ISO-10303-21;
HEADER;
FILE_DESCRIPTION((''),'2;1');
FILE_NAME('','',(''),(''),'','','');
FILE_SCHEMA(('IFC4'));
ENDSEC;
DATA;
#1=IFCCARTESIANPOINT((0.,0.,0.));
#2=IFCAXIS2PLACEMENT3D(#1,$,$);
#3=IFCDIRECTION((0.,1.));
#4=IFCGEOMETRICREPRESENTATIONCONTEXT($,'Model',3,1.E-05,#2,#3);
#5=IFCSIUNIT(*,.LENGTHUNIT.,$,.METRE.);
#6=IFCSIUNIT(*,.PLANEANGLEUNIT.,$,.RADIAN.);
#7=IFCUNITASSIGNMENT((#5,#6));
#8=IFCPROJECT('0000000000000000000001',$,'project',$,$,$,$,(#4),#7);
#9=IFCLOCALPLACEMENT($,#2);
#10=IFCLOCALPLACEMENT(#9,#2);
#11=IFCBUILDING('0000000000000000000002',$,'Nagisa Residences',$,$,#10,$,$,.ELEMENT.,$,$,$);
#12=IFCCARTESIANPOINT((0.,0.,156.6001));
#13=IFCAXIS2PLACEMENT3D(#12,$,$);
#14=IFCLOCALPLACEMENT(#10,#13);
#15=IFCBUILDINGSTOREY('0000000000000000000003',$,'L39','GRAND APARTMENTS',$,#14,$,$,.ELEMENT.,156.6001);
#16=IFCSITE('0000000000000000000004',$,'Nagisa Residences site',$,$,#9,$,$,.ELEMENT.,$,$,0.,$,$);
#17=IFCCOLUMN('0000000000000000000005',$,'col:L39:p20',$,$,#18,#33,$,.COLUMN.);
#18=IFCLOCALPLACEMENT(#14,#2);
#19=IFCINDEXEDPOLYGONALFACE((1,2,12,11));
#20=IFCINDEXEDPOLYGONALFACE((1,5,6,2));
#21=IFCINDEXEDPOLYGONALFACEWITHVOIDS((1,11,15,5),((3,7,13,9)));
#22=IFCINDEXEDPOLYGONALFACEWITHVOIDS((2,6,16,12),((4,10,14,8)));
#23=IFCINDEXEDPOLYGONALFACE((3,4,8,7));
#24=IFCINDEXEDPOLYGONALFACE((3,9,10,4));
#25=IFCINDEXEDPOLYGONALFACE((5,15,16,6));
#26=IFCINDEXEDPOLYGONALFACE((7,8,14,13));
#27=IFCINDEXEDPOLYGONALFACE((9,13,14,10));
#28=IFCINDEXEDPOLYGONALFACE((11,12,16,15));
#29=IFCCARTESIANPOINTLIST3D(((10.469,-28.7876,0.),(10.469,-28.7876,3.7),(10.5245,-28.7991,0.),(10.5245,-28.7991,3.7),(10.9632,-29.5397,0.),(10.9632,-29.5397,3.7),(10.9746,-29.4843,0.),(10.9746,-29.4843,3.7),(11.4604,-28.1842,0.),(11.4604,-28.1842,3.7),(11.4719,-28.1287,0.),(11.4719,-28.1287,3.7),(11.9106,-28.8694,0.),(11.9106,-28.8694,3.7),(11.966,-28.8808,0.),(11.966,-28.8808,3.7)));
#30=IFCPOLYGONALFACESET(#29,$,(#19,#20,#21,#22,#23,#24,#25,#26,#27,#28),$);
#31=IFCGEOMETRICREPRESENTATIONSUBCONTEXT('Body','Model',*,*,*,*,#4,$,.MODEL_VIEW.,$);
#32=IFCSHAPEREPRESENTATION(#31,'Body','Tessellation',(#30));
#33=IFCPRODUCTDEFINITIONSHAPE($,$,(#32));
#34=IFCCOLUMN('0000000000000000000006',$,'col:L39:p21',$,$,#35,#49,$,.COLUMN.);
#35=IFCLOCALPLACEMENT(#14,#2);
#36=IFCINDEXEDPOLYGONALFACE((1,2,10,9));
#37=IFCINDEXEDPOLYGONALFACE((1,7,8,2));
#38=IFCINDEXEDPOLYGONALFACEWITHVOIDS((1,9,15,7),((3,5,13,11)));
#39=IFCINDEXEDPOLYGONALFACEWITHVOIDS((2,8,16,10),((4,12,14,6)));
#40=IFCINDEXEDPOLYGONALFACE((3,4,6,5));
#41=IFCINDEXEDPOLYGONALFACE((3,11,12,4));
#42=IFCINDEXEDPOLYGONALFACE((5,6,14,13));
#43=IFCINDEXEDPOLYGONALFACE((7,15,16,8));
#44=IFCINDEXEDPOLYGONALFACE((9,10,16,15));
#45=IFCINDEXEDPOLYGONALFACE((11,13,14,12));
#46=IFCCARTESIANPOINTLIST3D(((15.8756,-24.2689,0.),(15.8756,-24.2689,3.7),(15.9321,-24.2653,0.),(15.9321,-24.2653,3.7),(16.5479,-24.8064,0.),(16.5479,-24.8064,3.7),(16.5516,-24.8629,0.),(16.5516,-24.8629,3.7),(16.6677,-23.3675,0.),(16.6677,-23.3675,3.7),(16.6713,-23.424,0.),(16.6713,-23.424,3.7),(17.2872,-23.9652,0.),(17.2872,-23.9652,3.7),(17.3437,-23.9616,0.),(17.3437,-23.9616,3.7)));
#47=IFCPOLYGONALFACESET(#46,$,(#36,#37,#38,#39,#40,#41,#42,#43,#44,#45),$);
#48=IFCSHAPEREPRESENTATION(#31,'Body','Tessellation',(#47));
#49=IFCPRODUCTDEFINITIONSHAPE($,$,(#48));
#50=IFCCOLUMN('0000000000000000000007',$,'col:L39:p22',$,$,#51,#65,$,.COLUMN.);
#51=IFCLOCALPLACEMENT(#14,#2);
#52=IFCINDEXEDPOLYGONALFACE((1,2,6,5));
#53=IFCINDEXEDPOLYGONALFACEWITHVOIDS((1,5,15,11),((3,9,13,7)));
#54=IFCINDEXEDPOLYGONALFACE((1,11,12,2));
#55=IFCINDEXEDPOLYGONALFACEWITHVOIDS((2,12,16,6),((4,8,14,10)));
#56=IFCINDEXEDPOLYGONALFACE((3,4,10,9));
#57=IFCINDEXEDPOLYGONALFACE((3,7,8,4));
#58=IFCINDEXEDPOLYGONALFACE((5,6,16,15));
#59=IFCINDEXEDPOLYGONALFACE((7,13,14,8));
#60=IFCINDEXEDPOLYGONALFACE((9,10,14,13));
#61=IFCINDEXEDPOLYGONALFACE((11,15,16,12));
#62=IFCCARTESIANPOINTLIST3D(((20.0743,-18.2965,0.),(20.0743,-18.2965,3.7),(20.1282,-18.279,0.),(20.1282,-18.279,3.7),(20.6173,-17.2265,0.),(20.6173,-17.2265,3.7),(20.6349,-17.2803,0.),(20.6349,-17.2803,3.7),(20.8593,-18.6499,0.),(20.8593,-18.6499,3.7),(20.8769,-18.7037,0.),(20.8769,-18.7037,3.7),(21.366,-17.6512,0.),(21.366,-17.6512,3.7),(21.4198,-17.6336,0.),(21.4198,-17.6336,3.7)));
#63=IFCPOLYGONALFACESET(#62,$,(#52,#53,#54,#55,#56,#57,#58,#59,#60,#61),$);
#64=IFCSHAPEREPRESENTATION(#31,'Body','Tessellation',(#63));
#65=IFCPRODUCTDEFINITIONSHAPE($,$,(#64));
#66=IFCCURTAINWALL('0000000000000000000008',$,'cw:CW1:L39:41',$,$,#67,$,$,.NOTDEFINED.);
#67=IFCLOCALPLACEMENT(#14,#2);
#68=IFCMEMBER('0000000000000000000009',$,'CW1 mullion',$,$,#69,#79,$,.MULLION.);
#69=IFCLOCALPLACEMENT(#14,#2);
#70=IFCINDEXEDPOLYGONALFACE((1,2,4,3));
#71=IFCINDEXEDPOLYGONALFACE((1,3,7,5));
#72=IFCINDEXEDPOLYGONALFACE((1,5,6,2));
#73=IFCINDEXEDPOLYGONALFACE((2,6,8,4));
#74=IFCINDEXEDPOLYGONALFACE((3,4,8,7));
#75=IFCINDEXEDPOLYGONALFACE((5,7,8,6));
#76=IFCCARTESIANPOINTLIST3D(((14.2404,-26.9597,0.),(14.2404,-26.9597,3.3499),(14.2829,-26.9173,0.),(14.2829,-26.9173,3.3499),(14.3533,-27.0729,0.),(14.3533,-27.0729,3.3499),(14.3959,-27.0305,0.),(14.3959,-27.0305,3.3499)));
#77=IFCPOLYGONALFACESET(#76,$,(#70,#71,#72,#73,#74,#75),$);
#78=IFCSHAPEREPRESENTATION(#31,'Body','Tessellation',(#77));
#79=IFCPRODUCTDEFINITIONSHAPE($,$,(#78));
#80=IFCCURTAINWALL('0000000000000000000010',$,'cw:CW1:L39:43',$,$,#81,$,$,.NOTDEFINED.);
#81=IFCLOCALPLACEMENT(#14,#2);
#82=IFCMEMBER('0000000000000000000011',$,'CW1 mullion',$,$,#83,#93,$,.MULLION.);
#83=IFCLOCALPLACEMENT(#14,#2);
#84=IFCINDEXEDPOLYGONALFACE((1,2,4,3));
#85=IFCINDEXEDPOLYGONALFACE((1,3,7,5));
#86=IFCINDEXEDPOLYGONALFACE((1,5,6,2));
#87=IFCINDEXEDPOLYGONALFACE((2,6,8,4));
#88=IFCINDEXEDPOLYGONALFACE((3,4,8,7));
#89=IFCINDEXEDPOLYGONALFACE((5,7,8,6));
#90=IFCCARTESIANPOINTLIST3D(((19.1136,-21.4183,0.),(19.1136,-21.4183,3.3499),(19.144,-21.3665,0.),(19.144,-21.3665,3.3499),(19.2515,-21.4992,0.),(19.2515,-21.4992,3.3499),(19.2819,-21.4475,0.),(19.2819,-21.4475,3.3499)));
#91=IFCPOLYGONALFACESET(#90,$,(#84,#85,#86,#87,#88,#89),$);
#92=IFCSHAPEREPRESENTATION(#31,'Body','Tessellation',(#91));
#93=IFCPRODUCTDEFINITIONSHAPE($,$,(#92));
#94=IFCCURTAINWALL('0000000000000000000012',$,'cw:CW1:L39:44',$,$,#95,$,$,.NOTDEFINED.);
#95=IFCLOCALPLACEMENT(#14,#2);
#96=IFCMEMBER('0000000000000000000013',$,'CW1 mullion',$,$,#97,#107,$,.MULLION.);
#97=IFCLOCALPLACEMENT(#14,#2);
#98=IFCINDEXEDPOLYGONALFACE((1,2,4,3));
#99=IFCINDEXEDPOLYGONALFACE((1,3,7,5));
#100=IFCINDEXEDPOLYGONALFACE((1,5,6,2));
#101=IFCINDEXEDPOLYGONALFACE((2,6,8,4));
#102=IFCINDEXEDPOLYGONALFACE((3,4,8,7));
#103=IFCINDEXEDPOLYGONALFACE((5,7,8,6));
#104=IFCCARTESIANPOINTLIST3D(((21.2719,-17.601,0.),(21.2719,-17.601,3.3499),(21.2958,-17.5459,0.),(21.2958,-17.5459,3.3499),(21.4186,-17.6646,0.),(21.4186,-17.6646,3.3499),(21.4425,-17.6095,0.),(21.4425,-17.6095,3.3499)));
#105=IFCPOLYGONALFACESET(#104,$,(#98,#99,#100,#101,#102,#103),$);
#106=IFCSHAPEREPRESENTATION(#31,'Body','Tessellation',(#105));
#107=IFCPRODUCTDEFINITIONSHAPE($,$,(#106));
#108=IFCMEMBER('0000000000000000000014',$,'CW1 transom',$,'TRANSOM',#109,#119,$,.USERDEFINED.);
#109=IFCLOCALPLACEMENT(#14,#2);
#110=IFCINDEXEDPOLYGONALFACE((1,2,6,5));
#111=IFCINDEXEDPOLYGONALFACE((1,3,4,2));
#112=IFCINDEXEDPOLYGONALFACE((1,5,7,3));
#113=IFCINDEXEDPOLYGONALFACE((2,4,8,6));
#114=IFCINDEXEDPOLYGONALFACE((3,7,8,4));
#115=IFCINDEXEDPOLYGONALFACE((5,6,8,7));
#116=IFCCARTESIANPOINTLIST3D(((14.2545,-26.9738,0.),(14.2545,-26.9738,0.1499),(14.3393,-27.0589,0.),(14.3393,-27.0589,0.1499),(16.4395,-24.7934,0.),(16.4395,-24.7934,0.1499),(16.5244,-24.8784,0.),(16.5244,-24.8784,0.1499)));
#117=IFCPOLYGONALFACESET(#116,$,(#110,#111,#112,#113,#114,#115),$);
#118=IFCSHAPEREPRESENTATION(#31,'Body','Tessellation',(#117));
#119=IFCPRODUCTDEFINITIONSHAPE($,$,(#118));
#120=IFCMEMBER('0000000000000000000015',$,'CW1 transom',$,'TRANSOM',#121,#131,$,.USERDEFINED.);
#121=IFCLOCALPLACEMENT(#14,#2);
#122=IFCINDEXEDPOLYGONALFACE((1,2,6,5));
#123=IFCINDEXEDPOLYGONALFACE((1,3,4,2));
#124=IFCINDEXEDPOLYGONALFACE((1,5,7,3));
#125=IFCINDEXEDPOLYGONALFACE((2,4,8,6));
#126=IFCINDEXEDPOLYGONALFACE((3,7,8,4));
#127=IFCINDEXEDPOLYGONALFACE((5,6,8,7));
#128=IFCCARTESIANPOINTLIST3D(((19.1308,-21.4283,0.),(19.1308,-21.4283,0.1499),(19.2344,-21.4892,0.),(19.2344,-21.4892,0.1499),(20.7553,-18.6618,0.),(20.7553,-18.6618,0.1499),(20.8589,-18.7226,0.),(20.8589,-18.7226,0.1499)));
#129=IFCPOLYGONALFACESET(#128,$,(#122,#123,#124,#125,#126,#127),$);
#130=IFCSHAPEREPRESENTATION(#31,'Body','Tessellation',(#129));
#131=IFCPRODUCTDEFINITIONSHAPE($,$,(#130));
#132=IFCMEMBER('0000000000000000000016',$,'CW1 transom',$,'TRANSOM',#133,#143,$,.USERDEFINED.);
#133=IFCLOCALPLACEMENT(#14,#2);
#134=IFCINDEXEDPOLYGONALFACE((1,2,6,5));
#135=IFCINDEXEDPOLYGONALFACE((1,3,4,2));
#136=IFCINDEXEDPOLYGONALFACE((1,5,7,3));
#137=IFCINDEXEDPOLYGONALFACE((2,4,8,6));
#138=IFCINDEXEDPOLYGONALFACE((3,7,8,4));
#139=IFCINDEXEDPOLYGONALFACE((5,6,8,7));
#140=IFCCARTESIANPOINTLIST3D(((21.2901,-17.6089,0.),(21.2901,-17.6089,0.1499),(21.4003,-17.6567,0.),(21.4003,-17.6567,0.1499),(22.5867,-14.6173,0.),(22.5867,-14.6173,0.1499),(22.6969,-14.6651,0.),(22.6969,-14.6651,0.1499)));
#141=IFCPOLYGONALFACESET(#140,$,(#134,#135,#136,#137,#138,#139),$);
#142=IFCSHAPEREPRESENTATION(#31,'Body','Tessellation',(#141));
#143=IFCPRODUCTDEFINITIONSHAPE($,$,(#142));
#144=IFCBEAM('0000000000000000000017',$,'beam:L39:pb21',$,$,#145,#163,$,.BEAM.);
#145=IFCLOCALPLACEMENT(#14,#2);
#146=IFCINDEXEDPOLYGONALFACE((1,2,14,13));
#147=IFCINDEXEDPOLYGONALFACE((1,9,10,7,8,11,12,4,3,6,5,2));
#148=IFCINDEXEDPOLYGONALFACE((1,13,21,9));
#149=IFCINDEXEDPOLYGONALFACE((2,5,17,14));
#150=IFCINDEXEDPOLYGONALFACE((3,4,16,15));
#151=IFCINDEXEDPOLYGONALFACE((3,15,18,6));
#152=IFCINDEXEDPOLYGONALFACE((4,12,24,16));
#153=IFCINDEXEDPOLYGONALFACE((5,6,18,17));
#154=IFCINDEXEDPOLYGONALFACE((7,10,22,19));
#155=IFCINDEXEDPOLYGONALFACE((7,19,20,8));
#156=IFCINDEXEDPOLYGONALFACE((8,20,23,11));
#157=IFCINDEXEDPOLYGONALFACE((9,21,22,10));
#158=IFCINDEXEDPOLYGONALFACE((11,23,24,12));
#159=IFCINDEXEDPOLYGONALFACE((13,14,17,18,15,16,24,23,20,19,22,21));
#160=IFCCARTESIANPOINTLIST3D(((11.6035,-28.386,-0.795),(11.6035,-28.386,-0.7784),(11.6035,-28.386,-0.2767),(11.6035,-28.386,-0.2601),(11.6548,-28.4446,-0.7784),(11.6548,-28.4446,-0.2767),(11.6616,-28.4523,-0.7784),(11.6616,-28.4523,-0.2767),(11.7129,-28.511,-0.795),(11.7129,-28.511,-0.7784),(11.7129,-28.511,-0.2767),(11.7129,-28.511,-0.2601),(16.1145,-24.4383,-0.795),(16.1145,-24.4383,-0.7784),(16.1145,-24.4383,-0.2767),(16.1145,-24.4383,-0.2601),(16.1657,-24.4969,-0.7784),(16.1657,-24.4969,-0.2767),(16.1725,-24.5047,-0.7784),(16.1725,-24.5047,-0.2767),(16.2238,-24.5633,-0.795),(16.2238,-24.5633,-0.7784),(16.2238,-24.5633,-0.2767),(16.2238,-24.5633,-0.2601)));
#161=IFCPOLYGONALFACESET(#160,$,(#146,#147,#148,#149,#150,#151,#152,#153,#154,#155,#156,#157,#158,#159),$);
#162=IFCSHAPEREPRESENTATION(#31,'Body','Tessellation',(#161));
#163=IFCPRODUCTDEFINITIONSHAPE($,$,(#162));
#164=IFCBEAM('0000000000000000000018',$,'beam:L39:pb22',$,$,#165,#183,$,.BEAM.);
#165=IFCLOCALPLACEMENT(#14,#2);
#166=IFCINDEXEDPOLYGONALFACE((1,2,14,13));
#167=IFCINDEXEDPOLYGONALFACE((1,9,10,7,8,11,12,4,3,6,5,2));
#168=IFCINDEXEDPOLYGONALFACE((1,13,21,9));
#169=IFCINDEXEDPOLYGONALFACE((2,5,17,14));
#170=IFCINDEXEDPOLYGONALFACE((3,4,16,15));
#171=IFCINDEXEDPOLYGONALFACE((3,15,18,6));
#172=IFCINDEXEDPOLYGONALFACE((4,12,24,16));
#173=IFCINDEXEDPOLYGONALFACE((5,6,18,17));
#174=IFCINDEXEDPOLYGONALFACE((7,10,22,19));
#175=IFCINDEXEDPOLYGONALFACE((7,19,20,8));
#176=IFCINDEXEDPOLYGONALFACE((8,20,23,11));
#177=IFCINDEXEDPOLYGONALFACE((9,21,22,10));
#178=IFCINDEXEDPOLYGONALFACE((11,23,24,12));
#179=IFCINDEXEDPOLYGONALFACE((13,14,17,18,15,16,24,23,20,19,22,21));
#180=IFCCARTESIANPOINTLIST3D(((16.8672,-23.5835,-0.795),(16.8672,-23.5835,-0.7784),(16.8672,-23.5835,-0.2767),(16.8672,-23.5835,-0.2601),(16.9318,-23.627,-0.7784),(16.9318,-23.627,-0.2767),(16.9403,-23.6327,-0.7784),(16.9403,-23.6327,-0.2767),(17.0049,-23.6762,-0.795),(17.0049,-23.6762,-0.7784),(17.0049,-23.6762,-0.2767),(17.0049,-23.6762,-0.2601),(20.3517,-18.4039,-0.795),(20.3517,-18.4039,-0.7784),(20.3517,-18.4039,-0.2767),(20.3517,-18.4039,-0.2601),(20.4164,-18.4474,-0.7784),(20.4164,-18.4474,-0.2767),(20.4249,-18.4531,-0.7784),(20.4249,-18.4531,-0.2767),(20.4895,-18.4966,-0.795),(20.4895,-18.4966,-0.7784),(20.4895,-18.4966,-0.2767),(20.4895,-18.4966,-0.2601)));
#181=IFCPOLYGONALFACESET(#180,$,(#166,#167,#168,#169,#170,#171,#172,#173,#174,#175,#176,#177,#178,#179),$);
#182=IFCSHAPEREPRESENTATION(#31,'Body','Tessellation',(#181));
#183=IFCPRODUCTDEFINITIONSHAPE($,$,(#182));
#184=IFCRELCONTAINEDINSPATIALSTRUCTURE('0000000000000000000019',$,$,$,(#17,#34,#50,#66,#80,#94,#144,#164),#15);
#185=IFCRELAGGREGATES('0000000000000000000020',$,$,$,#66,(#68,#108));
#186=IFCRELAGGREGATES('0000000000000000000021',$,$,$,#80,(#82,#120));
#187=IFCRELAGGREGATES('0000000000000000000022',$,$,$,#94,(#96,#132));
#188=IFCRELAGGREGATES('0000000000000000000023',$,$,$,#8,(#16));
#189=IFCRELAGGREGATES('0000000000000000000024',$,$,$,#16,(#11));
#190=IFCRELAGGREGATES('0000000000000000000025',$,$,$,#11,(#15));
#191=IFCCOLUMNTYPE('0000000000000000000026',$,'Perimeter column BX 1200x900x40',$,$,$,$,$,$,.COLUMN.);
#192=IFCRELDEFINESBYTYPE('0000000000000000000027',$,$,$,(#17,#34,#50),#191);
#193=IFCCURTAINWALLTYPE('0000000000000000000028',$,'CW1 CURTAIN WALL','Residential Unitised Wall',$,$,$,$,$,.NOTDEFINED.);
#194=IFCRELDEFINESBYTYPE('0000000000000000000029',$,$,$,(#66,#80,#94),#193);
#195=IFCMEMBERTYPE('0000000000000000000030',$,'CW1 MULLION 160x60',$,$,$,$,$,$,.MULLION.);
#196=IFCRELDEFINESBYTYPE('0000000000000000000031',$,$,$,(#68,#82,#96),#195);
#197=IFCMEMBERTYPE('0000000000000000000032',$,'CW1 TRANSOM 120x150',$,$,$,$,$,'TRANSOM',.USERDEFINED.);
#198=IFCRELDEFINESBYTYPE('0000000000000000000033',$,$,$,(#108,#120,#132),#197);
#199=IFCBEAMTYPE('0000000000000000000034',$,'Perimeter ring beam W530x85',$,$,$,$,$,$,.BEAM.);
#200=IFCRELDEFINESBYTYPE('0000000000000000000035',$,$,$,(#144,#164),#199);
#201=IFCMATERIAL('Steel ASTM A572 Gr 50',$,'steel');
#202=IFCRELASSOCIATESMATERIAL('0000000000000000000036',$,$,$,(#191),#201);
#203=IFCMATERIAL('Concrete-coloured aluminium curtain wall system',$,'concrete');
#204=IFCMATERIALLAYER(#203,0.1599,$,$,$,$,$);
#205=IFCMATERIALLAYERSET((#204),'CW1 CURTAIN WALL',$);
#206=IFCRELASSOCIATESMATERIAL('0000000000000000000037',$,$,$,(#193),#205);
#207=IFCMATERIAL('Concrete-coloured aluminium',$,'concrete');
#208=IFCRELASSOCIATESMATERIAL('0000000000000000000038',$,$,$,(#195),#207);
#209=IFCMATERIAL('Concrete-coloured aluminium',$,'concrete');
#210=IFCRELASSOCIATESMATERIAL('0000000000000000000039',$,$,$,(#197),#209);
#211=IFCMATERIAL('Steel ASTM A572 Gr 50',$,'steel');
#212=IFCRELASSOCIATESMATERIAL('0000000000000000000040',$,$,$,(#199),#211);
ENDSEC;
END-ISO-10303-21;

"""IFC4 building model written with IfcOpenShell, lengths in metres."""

from ifc_helpers import new_model, si_unit, direction, frame, origin, origin_2d, place, context, subcontext, project, spatial, rectangle, hollow_rectangle, i_section, extrude, material, layer, layer_set, material_profile, profile_set, type_object, element, aggregate, save


model = new_model("IFC4")

# Units and contexts
model_context = context("Model", 3, precision=1e-05, world=origin(), true_north=direction((0.0, 1.0)))
body_context = subcontext(model_context, "Body", "Model", "MODEL_VIEW")
ifc_project = project(units=[si_unit("LENGTHUNIT", "METRE"), si_unit("PLANEANGLEUNIT", "RADIAN")], contexts=[model_context])

# Site, building, storey
site_placement = place(None, origin())
site = spatial("IfcSite", under=ifc_project, at=site_placement, Name="Nagisa Residences site", CompositionType="ELEMENT", RefElevation=0.0)
building_placement = place(site_placement, origin())
building = spatial("IfcBuilding", under=site, at=building_placement, Name="Nagisa Residences", CompositionType="ELEMENT")
storey_placement = place(building_placement, frame((0.0, 0.0, 156.6001)))
storey = spatial("IfcBuildingStorey", under=building, at=storey_placement, Name="L39", Description="GRAND APARTMENTS", CompositionType="ELEMENT", Elevation=156.6001)

# Columns
ifc_material_1 = material(Name="Steel ASTM A572 Gr 50", Category="steel")
ifc_material_profile_1 = material_profile(ifc_material_1, hollow_rectangle(XDim=1.2, YDim=0.8999, WallThickness=0.04, at=origin_2d()), Name="BX 1200x900x40")
ifc_profile_set_1 = profile_set([ifc_material_profile_1], Name="Steel ASTM A572 Gr 50")
column_type = type_object("IfcColumnType", Name="Perimeter column BX 1200x900x40", PredefinedType="COLUMN", material=ifc_profile_set_1)
for number, where, z_axis, x_axis, name in (
    (1, (11.2175, -28.8342, 0.0), (0.0, 0.0, 1.0), (0.835766, 0.549086, 0.0), "col:L39:p20"),
    (2, (16.6096, -24.1152, 0.0), (0.0, 0.0, 1.0), (0.660115, 0.751165, 0.0), "col:L39:p21"),
    (3, (20.7471, -17.9651, 0.0), (0.0, 0.0, 1.0), (0.452463, 0.891783, 0.0), "col:L39:p22"),
):
    element("IfcColumn", number, at=place(storey_placement, frame(where, z_axis=z_axis, x_axis=x_axis)), inside=storey, type_object=column_type, Name=name, PredefinedType="COLUMN", context=body_context, shape_type="SweptSolid", body=[
        extrude(hollow_rectangle(XDim=1.2, YDim=0.8999, WallThickness=0.04, at=origin_2d()), origin(), (0.0, 0.0, 1.0), 3.7),
    ])

# Curtain walls, members
ifc_material_2 = material(Name="Concrete-coloured aluminium curtain wall system", Category="concrete")
ifc_layer_1 = layer(ifc_material_2, 0.1599)
ifc_layer_set_1 = layer_set([ifc_layer_1], Name="CW1 CURTAIN WALL")
curtain_wall_type = type_object("IfcCurtainWallType", Name="CW1 CURTAIN WALL", Description="Residential Unitised Wall", PredefinedType="NOTDEFINED", material=ifc_layer_set_1)
curtain_wall_1_placement = place(storey_placement, origin())
curtain_wall_1 = element("IfcCurtainWall", 4, at=curtain_wall_1_placement, inside=storey, type_object=curtain_wall_type, Name="cw:CW1:L39:41", PredefinedType="NOTDEFINED")
ifc_material_3 = material(Name="Concrete-coloured aluminium", Category="concrete")
ifc_material_profile_2 = material_profile(ifc_material_3, rectangle(XDim=0.1599, YDim=0.0601, at=origin_2d()), Name="CW1 MULLION 160x60")
ifc_profile_set_2 = profile_set([ifc_material_profile_2], Name="Concrete-coloured aluminium")
member_type_1 = type_object("IfcMemberType", Name="CW1 MULLION 160x60", PredefinedType="MULLION", material=ifc_profile_set_2)
member_1_placement = place(storey_placement, frame((14.3181, -26.9951, 0.0), z_axis=(0.0, 0.0, 1.0), x_axis=(-0.706377, 0.707836, 0.0)))
member_1 = element("IfcMember", 5, at=member_1_placement, type_object=member_type_1, Name="CW1 mullion", PredefinedType="MULLION", context=body_context, shape_type="SweptSolid", body=[
    extrude(rectangle(XDim=0.1599, YDim=0.0601, at=origin_2d()), origin(), (0.0, 0.0, 1.0), 3.3499),
])
curtain_wall_2_placement = place(storey_placement, origin())
curtain_wall_2 = element("IfcCurtainWall", 6, at=curtain_wall_2_placement, inside=storey, type_object=curtain_wall_type, Name="cw:CW1:L39:43", PredefinedType="NOTDEFINED")
member_2_placement = place(storey_placement, frame((19.1978, -21.4329, 0.0), z_axis=(0.0, 0.0, 1.0), x_axis=(-0.862329, 0.506349, 0.0)))
member_2 = element("IfcMember", 7, at=member_2_placement, type_object=member_type_1, Name="CW1 mullion", PredefinedType="MULLION", context=body_context, shape_type="SweptSolid", body=[
    extrude(rectangle(XDim=0.1599, YDim=0.0601, at=origin_2d()), origin(), (0.0, 0.0, 1.0), 3.3499),
])
curtain_wall_3_placement = place(storey_placement, origin())
curtain_wall_3 = element("IfcCurtainWall", 8, at=curtain_wall_3_placement, inside=storey, type_object=curtain_wall_type, Name="cw:CW1:L39:44", PredefinedType="NOTDEFINED")
member_3_placement = place(storey_placement, frame((21.3572, -17.6052, 0.0), z_axis=(0.0, 0.0, 1.0), x_axis=(-0.917543, 0.397636, 0.0)))
member_3 = element("IfcMember", 9, at=member_3_placement, type_object=member_type_1, Name="CW1 mullion", PredefinedType="MULLION", context=body_context, shape_type="SweptSolid", body=[
    extrude(rectangle(XDim=0.1599, YDim=0.0601, at=origin_2d()), origin(), (0.0, 0.0, 1.0), 3.3499),
])

# Members
ifc_material_4 = material(Name="Concrete-coloured aluminium", Category="concrete")
ifc_material_profile_3 = material_profile(ifc_material_4, rectangle(XDim=0.1201, YDim=0.1499, at=origin_2d()), Name="CW1 TRANSOM 120x150")
ifc_profile_set_3 = profile_set([ifc_material_profile_3], Name="Concrete-coloured aluminium")
member_type_2 = type_object("IfcMemberType", Name="CW1 TRANSOM 120x150", ElementType="TRANSOM", PredefinedType="USERDEFINED", material=ifc_profile_set_3)
member_4_placement = place(storey_placement, frame((14.2969, -27.0164, 0.075), z_axis=(0.707858, 0.706355, 0.0), x_axis=(-0.706355, 0.707858, 0.0)))
member_4 = element("IfcMember", 10, at=member_4_placement, type_object=member_type_2, Name="CW1 transom", ObjectType="TRANSOM", PredefinedType="USERDEFINED", context=body_context, shape_type="SweptSolid", body=[
    extrude(rectangle(XDim=0.1201, YDim=0.1499, at=origin_2d()), origin(), (0.0, 0.0, 1.0), 3.0869),
])
member_5_placement = place(storey_placement, frame((19.1826, -21.4587, 0.075), z_axis=(0.506348, 0.862329, 0.0), x_axis=(-0.862329, 0.506348, 0.0)))
member_5 = element("IfcMember", 11, at=member_5_placement, type_object=member_type_2, Name="CW1 transom", ObjectType="TRANSOM", PredefinedType="USERDEFINED", context=body_context, shape_type="SweptSolid", body=[
    extrude(rectangle(XDim=0.1201, YDim=0.1499, at=origin_2d()), origin(), (0.0, 0.0, 1.0), 3.2083),
])
member_6_placement = place(storey_placement, frame((21.3452, -17.6328, 0.075), z_axis=(0.397666, 0.91753, 0.0), x_axis=(-0.91753, 0.397666, 0.0)))
member_6 = element("IfcMember", 12, at=member_6_placement, type_object=member_type_2, Name="CW1 transom", ObjectType="TRANSOM", PredefinedType="USERDEFINED", context=body_context, shape_type="SweptSolid", body=[
    extrude(rectangle(XDim=0.1201, YDim=0.1499, at=origin_2d()), origin(), (0.0, 0.0, 1.0), 3.2605),
])

# Beams
ifc_material_5 = material(Name="Steel ASTM A572 Gr 50", Category="steel")
ifc_material_profile_4 = material_profile(ifc_material_5, i_section(OverallWidth=0.166, OverallDepth=0.5349, WebThickness=0.0103, FlangeThickness=0.0166, at=origin_2d()), Name="W530x85")
ifc_profile_set_4 = profile_set([ifc_material_profile_4], Name="Steel ASTM A572 Gr 50")
beam_type_1 = type_object("IfcBeamType", Name="Perimeter ring beam W530x85", PredefinedType="BEAM", material=ifc_profile_set_4)
beam_1_placement = place(storey_placement, frame((11.6582, -28.4485, -0.5276), z_axis=(0.752524, 0.658565, 0.0), x_axis=(-0.658565, 0.752524, 0.0)))
element("IfcBeam", 13, at=beam_1_placement, inside=storey, type_object=beam_type_1, Name="beam:L39:pb21", PredefinedType="BEAM", context=body_context, shape_type="SweptSolid", body=[
    extrude(i_section(OverallWidth=0.166, OverallDepth=0.5349, WebThickness=0.0103, FlangeThickness=0.0166, at=origin_2d()), origin(), (0.0, 0.0, 1.0), 5.9944),
])
beam_2_placement = place(storey_placement, frame((16.936, -23.6299, -0.5276), z_axis=(0.558188, 0.829715, 0.0), x_axis=(-0.829715, 0.558188, 0.0)))
element("IfcBeam", 14, at=beam_2_placement, inside=storey, type_object=beam_type_1, Name="beam:L39:pb22", PredefinedType="BEAM", context=body_context, shape_type="SweptSolid", body=[
    extrude(i_section(OverallWidth=0.166, OverallDepth=0.5349, WebThickness=0.0103, FlangeThickness=0.0166, at=origin_2d()), origin(), (0.0, 0.0, 1.0), 6.2427),
])

aggregate(curtain_wall_1, [member_1, member_4])
aggregate(curtain_wall_2, [member_2, member_5])
aggregate(curtain_wall_3, [member_3, member_6])

save(model, "model.ifc")
